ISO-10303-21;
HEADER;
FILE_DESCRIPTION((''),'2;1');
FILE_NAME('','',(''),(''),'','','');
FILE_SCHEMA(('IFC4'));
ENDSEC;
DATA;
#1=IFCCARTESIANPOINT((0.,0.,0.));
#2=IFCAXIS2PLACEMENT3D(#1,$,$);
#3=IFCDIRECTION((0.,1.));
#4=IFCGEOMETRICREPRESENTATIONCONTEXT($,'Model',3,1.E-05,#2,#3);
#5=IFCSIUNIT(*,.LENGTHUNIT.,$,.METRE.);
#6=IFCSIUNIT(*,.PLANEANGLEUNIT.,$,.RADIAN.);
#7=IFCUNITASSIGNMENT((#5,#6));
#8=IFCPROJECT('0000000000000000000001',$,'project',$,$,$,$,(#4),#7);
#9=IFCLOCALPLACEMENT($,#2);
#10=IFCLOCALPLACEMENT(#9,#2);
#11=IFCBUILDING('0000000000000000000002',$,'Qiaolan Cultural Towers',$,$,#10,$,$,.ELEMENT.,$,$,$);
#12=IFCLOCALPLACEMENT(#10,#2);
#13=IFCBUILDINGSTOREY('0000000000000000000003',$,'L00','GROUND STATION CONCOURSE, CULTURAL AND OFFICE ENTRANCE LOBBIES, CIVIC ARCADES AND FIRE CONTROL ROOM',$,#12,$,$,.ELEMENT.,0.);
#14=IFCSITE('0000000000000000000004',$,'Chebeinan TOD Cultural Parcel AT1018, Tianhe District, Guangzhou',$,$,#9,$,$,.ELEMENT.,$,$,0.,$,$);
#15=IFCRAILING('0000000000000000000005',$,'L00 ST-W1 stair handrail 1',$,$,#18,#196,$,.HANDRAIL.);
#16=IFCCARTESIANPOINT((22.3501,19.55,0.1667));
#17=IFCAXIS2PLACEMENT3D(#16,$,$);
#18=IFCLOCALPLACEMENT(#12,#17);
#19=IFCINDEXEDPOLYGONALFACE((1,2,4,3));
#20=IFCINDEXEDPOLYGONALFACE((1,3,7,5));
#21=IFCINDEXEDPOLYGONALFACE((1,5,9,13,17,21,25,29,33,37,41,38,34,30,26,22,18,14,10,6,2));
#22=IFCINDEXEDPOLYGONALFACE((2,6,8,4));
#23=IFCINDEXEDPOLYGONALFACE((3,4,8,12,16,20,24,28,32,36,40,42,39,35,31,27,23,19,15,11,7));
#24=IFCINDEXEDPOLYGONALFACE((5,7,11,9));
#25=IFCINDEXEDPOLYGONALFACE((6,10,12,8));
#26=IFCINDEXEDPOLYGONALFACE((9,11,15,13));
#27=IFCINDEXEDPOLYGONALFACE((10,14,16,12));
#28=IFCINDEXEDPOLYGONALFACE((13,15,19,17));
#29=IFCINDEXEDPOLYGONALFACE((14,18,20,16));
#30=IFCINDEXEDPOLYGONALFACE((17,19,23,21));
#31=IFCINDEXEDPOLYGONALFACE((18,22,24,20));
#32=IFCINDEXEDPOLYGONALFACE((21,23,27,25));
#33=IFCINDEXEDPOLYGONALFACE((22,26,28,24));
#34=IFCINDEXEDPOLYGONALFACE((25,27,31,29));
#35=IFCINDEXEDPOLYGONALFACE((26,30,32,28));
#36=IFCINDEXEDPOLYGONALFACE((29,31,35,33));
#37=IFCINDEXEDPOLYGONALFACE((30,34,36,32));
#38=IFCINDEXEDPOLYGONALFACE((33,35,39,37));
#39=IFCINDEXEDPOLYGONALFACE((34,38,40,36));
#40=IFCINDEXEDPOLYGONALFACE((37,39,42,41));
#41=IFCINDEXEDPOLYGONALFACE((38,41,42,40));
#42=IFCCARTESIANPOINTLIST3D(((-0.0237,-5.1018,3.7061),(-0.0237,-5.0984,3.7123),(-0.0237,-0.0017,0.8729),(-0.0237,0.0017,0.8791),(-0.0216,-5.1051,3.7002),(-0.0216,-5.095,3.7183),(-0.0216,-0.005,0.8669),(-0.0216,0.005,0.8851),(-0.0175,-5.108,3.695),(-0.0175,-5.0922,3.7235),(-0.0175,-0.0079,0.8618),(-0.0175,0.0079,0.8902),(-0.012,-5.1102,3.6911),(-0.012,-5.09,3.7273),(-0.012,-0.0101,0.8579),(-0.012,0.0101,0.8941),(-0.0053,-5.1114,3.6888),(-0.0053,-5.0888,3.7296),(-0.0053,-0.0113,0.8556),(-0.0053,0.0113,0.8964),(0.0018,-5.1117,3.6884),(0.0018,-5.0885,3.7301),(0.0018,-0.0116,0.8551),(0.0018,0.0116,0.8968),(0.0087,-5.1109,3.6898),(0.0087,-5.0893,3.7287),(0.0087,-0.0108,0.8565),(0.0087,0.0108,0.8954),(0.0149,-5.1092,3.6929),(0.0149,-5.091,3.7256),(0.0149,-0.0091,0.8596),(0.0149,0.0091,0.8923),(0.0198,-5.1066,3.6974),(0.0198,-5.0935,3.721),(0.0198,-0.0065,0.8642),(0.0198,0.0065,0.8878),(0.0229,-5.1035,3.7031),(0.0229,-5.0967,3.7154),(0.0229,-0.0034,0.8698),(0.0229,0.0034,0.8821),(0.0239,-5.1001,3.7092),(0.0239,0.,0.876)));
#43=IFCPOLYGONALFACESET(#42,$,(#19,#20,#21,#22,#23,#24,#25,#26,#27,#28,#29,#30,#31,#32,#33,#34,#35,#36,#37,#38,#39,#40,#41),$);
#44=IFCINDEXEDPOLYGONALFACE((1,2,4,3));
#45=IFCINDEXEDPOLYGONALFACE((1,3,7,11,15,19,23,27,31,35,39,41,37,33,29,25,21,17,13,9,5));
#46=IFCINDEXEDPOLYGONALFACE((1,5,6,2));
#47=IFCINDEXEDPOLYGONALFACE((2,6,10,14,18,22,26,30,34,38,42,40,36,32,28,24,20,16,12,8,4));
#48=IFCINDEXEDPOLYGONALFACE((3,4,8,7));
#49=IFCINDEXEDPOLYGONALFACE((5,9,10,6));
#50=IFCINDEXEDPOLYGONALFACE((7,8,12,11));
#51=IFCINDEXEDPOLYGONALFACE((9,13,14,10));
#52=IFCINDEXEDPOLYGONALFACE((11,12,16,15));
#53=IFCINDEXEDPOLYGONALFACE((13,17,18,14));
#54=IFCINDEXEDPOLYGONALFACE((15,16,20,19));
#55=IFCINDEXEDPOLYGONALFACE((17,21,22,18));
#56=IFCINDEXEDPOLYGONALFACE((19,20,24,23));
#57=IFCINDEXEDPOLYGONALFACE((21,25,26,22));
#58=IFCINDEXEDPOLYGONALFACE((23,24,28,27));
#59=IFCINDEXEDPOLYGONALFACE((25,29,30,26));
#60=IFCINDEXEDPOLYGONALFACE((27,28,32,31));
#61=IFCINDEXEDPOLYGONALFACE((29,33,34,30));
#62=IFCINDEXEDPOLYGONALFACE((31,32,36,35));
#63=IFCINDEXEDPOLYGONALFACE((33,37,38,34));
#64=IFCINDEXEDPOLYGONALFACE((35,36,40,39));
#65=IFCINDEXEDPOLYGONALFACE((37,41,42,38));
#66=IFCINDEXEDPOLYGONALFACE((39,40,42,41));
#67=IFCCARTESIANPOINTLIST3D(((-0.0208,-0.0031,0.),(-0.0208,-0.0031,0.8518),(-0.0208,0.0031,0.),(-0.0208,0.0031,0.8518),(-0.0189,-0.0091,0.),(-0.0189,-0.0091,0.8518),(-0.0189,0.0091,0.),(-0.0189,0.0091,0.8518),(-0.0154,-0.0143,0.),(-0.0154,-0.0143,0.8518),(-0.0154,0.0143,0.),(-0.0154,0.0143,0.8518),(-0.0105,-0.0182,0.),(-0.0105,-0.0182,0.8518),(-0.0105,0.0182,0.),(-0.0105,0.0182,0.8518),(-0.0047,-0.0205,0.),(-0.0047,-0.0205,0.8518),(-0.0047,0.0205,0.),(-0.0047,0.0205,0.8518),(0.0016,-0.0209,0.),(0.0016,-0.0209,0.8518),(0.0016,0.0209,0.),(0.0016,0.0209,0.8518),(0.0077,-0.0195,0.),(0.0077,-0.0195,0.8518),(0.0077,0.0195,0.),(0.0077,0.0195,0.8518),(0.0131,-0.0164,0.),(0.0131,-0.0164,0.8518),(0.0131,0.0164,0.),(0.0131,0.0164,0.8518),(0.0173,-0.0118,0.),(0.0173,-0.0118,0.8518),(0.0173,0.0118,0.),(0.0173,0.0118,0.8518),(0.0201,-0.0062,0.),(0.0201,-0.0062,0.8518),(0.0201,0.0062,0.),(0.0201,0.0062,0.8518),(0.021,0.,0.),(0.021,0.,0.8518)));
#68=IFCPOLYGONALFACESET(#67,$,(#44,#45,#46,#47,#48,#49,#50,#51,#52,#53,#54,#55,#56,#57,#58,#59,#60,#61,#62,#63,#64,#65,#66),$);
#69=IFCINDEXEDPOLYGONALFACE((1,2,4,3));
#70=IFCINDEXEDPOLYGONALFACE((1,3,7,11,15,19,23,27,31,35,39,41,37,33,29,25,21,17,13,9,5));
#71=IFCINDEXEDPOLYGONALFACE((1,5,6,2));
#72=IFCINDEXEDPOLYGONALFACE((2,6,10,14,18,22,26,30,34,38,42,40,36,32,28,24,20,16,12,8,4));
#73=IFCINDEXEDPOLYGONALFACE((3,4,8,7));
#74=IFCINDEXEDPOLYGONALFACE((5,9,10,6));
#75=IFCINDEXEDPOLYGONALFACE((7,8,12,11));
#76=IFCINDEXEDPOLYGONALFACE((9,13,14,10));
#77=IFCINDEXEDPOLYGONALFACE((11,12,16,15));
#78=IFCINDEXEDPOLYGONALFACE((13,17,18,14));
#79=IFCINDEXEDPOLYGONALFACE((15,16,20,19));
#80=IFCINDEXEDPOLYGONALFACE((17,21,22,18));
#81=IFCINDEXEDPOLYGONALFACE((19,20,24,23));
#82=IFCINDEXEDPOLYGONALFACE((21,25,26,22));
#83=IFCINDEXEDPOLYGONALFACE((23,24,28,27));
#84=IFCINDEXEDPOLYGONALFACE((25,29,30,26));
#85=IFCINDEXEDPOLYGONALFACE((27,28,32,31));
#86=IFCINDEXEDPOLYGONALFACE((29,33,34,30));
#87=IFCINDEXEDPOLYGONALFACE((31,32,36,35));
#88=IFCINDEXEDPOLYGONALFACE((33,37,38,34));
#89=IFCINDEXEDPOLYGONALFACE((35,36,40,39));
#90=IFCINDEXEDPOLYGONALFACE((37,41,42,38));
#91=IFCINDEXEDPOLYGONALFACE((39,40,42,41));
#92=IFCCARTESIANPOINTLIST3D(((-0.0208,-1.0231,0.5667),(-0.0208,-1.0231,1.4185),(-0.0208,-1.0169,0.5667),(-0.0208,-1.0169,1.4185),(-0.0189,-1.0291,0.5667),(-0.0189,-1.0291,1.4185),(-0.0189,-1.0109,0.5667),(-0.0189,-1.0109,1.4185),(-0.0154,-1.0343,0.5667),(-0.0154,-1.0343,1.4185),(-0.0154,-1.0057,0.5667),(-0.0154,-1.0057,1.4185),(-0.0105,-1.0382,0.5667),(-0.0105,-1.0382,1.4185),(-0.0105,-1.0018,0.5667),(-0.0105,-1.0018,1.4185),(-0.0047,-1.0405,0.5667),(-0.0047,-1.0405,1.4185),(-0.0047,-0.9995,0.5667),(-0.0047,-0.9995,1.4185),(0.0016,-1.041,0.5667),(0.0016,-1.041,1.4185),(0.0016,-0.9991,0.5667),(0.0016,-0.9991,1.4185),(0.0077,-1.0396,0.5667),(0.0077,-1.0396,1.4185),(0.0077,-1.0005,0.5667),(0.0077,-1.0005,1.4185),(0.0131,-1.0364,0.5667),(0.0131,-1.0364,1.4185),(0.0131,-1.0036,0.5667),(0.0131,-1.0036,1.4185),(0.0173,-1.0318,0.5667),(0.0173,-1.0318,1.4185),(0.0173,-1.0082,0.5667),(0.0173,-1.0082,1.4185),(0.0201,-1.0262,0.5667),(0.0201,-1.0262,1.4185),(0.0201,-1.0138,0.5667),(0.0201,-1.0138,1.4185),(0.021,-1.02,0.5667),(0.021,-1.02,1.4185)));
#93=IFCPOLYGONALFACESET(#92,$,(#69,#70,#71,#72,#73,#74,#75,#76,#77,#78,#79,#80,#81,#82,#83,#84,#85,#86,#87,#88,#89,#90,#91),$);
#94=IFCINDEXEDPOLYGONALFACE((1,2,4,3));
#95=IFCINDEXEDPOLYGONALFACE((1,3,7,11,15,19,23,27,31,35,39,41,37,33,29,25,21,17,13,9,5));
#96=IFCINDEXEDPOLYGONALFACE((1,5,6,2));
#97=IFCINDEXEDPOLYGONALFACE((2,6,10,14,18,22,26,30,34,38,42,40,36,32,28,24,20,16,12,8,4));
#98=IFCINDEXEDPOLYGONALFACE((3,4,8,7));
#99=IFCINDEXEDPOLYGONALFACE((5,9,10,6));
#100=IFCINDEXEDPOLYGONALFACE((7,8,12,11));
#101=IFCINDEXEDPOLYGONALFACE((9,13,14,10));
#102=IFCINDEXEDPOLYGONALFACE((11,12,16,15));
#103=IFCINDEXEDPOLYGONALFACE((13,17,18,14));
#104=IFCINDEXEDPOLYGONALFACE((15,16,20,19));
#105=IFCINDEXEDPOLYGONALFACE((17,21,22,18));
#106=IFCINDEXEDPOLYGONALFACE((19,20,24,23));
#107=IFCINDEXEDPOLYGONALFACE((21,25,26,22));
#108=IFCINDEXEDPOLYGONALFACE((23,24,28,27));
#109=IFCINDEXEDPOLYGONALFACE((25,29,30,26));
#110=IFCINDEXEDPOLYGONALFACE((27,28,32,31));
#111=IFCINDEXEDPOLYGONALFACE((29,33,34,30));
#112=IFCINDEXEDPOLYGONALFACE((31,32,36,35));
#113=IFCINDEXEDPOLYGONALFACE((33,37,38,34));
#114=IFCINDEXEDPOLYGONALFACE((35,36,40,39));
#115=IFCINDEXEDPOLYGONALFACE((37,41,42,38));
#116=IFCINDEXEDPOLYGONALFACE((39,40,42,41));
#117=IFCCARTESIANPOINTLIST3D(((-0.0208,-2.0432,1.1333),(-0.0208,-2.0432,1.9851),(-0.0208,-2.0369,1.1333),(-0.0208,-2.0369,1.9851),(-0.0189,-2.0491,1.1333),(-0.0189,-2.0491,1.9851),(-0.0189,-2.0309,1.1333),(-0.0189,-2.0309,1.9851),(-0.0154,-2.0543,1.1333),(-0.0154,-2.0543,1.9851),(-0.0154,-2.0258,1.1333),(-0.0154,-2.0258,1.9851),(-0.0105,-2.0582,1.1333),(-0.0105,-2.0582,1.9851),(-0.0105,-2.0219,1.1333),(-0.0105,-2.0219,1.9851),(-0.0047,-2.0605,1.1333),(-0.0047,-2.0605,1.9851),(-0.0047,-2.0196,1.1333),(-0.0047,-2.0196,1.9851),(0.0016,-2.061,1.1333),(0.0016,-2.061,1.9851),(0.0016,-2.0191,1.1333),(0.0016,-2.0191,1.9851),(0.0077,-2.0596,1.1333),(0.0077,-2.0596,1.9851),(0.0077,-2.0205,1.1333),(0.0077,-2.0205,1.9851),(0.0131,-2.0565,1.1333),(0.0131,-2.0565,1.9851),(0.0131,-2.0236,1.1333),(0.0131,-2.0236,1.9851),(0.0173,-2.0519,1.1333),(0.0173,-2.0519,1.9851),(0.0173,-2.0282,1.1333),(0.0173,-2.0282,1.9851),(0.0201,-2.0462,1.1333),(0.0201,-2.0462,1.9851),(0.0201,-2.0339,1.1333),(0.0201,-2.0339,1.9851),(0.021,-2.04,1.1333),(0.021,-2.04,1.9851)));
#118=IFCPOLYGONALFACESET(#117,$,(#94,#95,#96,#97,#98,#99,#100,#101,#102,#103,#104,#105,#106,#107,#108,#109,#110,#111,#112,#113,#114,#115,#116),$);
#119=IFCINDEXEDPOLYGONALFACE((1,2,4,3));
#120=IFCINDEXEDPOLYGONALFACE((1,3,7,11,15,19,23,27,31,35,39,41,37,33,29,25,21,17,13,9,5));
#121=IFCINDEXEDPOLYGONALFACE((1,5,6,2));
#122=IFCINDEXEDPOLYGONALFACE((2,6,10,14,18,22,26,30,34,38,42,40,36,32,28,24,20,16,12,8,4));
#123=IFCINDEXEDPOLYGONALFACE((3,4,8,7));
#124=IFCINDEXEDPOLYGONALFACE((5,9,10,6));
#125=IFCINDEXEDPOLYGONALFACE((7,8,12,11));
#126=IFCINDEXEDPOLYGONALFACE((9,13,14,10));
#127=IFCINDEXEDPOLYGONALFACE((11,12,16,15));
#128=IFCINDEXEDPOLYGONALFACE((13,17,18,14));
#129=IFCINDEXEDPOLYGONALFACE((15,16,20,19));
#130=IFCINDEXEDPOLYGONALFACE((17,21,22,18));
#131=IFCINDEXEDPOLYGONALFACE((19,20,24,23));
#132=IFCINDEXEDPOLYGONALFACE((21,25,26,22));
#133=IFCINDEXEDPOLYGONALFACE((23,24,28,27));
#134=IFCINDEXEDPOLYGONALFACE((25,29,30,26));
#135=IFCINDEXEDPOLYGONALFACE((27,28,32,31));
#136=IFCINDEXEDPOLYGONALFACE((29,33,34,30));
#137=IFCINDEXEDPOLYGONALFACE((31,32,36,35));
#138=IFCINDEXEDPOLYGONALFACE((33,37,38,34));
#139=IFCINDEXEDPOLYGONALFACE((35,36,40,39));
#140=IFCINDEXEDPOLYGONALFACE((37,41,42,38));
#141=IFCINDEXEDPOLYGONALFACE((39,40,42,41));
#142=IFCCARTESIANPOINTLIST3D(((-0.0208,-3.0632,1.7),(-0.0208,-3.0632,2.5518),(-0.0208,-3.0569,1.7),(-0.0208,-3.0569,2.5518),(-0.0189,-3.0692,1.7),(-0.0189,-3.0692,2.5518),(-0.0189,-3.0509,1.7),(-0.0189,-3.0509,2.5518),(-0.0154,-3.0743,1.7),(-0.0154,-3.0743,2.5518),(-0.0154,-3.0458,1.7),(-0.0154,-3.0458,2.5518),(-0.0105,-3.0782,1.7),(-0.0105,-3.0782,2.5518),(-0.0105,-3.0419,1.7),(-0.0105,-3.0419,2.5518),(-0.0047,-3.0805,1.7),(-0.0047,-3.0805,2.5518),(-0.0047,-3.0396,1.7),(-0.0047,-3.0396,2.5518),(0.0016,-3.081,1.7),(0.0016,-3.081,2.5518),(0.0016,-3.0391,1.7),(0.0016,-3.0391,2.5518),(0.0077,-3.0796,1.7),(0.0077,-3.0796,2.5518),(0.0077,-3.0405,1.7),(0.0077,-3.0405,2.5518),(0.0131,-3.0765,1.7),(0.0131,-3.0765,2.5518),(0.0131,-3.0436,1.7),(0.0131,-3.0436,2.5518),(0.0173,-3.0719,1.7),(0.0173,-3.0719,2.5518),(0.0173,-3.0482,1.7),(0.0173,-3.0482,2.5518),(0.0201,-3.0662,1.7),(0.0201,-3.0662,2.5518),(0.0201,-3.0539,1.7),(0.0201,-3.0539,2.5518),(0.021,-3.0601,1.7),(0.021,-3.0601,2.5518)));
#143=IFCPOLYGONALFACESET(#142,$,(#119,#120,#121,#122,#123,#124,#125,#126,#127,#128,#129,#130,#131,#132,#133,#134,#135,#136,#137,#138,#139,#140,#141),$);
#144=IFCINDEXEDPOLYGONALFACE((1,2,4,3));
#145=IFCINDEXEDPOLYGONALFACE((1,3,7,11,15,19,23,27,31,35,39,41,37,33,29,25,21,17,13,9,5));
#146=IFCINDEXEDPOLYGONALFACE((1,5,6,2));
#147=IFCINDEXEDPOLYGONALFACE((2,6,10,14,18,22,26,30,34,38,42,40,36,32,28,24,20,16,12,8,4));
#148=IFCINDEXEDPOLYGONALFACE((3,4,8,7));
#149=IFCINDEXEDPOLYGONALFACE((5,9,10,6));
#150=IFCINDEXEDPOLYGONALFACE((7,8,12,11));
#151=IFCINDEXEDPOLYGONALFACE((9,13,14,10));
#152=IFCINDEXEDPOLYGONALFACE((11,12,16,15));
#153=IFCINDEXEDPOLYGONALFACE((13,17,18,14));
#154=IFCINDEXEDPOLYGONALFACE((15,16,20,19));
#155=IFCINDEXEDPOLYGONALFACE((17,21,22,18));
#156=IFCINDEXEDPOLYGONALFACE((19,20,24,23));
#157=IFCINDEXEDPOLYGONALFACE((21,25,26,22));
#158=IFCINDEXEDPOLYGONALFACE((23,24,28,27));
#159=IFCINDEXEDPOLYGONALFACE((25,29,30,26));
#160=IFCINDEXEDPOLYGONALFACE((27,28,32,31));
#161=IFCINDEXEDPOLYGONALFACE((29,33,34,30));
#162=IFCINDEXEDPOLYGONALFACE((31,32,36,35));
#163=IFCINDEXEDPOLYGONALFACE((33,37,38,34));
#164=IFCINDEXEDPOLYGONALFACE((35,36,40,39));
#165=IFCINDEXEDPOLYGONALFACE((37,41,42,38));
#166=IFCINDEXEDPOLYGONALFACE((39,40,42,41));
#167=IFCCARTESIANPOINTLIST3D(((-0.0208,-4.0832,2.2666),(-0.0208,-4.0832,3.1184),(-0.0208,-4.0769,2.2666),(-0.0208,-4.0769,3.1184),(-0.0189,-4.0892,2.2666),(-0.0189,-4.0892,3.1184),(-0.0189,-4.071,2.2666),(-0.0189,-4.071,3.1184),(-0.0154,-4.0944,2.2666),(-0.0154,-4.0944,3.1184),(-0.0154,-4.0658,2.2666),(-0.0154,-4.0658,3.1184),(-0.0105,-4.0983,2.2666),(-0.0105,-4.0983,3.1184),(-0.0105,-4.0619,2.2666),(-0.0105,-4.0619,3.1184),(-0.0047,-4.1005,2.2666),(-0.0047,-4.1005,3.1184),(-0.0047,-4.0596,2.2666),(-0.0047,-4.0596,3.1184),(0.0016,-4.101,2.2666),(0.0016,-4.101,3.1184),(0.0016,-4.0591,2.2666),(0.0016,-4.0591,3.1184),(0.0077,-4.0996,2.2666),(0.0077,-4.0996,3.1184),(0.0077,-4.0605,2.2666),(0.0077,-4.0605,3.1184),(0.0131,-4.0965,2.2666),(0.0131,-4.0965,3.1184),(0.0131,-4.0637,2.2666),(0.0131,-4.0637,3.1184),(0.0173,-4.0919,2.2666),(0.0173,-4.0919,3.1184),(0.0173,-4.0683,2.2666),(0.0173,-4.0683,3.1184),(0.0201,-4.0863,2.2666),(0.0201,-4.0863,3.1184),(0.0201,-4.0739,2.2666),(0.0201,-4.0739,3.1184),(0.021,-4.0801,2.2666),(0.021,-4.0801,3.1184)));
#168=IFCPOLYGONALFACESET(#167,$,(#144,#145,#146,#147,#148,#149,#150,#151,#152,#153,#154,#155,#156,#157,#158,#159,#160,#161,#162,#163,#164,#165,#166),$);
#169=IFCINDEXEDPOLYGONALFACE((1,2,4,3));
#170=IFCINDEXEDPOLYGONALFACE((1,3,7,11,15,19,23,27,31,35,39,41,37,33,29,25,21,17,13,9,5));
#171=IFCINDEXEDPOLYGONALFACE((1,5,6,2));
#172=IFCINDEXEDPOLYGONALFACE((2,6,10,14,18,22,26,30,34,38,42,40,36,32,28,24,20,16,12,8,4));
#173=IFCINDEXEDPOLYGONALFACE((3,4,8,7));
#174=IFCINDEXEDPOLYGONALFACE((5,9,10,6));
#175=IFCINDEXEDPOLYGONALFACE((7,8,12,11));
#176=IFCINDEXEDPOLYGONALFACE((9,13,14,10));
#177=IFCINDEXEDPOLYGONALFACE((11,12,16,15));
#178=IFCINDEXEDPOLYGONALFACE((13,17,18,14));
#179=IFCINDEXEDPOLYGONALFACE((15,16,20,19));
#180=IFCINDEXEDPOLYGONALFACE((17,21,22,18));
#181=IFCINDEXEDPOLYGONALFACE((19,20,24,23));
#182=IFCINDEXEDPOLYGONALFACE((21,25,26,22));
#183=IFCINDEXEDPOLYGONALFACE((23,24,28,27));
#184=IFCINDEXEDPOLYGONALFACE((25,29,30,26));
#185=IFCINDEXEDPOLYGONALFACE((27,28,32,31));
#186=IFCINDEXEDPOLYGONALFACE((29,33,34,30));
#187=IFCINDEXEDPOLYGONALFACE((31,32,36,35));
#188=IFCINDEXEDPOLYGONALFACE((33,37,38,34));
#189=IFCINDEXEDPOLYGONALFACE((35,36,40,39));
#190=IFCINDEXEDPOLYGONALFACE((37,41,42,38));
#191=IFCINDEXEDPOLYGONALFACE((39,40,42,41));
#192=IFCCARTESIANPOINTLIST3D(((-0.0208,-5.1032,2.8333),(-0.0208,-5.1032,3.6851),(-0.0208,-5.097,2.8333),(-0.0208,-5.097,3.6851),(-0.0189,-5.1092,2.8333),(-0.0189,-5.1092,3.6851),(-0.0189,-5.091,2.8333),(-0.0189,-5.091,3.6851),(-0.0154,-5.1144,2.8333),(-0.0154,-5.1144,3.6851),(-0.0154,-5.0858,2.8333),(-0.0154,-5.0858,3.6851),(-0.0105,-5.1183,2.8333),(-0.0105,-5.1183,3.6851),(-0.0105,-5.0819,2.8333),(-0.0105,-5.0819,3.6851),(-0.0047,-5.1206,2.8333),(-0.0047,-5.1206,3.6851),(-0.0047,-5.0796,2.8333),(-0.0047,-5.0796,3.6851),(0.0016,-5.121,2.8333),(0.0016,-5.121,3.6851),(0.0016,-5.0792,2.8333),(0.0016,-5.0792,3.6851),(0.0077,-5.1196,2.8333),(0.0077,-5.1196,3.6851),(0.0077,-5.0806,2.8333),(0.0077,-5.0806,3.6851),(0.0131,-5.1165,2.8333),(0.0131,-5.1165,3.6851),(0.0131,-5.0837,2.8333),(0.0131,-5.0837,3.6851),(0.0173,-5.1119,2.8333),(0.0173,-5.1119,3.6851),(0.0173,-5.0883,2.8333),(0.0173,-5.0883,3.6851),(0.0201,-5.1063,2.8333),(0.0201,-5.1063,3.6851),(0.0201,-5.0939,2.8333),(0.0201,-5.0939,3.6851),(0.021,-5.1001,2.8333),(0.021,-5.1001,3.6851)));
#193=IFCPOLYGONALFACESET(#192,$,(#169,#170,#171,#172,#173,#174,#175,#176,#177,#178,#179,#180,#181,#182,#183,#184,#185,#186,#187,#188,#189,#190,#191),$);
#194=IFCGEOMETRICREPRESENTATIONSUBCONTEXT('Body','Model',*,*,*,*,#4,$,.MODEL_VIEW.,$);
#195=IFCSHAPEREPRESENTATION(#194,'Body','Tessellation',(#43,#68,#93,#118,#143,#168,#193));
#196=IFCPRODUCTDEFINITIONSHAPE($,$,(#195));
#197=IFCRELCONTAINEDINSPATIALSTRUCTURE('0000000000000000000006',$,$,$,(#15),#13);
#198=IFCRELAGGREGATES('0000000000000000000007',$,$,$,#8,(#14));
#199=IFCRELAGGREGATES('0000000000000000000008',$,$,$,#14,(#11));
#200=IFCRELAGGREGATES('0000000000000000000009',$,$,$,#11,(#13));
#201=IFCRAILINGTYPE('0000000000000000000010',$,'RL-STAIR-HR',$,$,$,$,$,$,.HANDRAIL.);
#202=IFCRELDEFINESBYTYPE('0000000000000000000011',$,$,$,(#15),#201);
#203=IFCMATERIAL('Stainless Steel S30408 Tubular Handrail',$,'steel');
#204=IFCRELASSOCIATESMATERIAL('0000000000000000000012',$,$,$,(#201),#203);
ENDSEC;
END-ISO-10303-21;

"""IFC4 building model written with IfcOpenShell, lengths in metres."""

from ifc_helpers import new_model, si_unit, direction, frame, origin, origin_2d, place, context, subcontext, project, spatial, circle, extrude, material, type_object, element, save


model = new_model("IFC4")

# Units and contexts
model_context = context("Model", 3, precision=1e-05, world=origin(), true_north=direction((0.0, 1.0)))
body_context = subcontext(model_context, "Body", "Model", "MODEL_VIEW")
ifc_project = project(units=[si_unit("LENGTHUNIT", "METRE"), si_unit("PLANEANGLEUNIT", "RADIAN")], contexts=[model_context])

# Site, building, storey
site_placement = place(None, origin())
site = spatial("IfcSite", under=ifc_project, at=site_placement, Name="Chebeinan TOD Cultural Parcel AT1018, Tianhe District, Guangzhou", CompositionType="ELEMENT", RefElevation=0.0)
building_placement = place(site_placement, origin())
building = spatial("IfcBuilding", under=site, at=building_placement, Name="Qiaolan Cultural Towers", CompositionType="ELEMENT")
storey_placement = place(building_placement, origin())
storey = spatial("IfcBuildingStorey", under=building, at=storey_placement, Name="L00", Description="GROUND STATION CONCOURSE, CULTURAL AND OFFICE ENTRANCE LOBBIES, CIVIC ARCADES AND FIRE CONTROL ROOM", CompositionType="ELEMENT", Elevation=0.0)

# Railing
ifc_material_1 = material(Name="Stainless Steel S30408 Tubular Handrail", Category="steel")
railing_type = type_object("IfcRailingType", Name="RL-STAIR-HR", PredefinedType="HANDRAIL", material=ifc_material_1)
railing_placement = place(storey_placement, frame((22.3501, 19.55, 0.1667)))
element("IfcRailing", 1, at=railing_placement, inside=storey, type_object=railing_type, Name="L00 ST-W1 stair handrail 1", PredefinedType="HANDRAIL", context=body_context, shape_type="SweptSolid", body=[
    extrude(circle(Radius=0.0239, at=origin_2d()), frame((0.0, 0.0, 0.876), z_axis=(0.0, -0.874167, 0.485625), x_axis=(1.0, 0.0, 0.0)), (0.0, 0.0, 1.0), 5.8342),
    extrude(circle(Radius=0.021, at=origin_2d()), origin(), (0.0, 0.0, 1.0), 0.8518),
    extrude(circle(Radius=0.021, at=origin_2d()), frame((0.0, -1.02, 0.5667)), (0.0, 0.0, 1.0), 0.8518),
    extrude(circle(Radius=0.021, at=origin_2d()), frame((0.0, -2.04, 1.1333)), (0.0, 0.0, 1.0), 0.8518),
    extrude(circle(Radius=0.021, at=origin_2d()), frame((0.0, -3.0601, 1.7)), (0.0, 0.0, 1.0), 0.8518),
    extrude(circle(Radius=0.021, at=origin_2d()), frame((0.0, -4.0801, 2.2666)), (0.0, 0.0, 1.0), 0.8518),
    extrude(circle(Radius=0.021, at=origin_2d()), frame((0.0, -5.1001, 2.8333)), (0.0, 0.0, 1.0), 0.8518),
])

save(model, "model.ifc")
